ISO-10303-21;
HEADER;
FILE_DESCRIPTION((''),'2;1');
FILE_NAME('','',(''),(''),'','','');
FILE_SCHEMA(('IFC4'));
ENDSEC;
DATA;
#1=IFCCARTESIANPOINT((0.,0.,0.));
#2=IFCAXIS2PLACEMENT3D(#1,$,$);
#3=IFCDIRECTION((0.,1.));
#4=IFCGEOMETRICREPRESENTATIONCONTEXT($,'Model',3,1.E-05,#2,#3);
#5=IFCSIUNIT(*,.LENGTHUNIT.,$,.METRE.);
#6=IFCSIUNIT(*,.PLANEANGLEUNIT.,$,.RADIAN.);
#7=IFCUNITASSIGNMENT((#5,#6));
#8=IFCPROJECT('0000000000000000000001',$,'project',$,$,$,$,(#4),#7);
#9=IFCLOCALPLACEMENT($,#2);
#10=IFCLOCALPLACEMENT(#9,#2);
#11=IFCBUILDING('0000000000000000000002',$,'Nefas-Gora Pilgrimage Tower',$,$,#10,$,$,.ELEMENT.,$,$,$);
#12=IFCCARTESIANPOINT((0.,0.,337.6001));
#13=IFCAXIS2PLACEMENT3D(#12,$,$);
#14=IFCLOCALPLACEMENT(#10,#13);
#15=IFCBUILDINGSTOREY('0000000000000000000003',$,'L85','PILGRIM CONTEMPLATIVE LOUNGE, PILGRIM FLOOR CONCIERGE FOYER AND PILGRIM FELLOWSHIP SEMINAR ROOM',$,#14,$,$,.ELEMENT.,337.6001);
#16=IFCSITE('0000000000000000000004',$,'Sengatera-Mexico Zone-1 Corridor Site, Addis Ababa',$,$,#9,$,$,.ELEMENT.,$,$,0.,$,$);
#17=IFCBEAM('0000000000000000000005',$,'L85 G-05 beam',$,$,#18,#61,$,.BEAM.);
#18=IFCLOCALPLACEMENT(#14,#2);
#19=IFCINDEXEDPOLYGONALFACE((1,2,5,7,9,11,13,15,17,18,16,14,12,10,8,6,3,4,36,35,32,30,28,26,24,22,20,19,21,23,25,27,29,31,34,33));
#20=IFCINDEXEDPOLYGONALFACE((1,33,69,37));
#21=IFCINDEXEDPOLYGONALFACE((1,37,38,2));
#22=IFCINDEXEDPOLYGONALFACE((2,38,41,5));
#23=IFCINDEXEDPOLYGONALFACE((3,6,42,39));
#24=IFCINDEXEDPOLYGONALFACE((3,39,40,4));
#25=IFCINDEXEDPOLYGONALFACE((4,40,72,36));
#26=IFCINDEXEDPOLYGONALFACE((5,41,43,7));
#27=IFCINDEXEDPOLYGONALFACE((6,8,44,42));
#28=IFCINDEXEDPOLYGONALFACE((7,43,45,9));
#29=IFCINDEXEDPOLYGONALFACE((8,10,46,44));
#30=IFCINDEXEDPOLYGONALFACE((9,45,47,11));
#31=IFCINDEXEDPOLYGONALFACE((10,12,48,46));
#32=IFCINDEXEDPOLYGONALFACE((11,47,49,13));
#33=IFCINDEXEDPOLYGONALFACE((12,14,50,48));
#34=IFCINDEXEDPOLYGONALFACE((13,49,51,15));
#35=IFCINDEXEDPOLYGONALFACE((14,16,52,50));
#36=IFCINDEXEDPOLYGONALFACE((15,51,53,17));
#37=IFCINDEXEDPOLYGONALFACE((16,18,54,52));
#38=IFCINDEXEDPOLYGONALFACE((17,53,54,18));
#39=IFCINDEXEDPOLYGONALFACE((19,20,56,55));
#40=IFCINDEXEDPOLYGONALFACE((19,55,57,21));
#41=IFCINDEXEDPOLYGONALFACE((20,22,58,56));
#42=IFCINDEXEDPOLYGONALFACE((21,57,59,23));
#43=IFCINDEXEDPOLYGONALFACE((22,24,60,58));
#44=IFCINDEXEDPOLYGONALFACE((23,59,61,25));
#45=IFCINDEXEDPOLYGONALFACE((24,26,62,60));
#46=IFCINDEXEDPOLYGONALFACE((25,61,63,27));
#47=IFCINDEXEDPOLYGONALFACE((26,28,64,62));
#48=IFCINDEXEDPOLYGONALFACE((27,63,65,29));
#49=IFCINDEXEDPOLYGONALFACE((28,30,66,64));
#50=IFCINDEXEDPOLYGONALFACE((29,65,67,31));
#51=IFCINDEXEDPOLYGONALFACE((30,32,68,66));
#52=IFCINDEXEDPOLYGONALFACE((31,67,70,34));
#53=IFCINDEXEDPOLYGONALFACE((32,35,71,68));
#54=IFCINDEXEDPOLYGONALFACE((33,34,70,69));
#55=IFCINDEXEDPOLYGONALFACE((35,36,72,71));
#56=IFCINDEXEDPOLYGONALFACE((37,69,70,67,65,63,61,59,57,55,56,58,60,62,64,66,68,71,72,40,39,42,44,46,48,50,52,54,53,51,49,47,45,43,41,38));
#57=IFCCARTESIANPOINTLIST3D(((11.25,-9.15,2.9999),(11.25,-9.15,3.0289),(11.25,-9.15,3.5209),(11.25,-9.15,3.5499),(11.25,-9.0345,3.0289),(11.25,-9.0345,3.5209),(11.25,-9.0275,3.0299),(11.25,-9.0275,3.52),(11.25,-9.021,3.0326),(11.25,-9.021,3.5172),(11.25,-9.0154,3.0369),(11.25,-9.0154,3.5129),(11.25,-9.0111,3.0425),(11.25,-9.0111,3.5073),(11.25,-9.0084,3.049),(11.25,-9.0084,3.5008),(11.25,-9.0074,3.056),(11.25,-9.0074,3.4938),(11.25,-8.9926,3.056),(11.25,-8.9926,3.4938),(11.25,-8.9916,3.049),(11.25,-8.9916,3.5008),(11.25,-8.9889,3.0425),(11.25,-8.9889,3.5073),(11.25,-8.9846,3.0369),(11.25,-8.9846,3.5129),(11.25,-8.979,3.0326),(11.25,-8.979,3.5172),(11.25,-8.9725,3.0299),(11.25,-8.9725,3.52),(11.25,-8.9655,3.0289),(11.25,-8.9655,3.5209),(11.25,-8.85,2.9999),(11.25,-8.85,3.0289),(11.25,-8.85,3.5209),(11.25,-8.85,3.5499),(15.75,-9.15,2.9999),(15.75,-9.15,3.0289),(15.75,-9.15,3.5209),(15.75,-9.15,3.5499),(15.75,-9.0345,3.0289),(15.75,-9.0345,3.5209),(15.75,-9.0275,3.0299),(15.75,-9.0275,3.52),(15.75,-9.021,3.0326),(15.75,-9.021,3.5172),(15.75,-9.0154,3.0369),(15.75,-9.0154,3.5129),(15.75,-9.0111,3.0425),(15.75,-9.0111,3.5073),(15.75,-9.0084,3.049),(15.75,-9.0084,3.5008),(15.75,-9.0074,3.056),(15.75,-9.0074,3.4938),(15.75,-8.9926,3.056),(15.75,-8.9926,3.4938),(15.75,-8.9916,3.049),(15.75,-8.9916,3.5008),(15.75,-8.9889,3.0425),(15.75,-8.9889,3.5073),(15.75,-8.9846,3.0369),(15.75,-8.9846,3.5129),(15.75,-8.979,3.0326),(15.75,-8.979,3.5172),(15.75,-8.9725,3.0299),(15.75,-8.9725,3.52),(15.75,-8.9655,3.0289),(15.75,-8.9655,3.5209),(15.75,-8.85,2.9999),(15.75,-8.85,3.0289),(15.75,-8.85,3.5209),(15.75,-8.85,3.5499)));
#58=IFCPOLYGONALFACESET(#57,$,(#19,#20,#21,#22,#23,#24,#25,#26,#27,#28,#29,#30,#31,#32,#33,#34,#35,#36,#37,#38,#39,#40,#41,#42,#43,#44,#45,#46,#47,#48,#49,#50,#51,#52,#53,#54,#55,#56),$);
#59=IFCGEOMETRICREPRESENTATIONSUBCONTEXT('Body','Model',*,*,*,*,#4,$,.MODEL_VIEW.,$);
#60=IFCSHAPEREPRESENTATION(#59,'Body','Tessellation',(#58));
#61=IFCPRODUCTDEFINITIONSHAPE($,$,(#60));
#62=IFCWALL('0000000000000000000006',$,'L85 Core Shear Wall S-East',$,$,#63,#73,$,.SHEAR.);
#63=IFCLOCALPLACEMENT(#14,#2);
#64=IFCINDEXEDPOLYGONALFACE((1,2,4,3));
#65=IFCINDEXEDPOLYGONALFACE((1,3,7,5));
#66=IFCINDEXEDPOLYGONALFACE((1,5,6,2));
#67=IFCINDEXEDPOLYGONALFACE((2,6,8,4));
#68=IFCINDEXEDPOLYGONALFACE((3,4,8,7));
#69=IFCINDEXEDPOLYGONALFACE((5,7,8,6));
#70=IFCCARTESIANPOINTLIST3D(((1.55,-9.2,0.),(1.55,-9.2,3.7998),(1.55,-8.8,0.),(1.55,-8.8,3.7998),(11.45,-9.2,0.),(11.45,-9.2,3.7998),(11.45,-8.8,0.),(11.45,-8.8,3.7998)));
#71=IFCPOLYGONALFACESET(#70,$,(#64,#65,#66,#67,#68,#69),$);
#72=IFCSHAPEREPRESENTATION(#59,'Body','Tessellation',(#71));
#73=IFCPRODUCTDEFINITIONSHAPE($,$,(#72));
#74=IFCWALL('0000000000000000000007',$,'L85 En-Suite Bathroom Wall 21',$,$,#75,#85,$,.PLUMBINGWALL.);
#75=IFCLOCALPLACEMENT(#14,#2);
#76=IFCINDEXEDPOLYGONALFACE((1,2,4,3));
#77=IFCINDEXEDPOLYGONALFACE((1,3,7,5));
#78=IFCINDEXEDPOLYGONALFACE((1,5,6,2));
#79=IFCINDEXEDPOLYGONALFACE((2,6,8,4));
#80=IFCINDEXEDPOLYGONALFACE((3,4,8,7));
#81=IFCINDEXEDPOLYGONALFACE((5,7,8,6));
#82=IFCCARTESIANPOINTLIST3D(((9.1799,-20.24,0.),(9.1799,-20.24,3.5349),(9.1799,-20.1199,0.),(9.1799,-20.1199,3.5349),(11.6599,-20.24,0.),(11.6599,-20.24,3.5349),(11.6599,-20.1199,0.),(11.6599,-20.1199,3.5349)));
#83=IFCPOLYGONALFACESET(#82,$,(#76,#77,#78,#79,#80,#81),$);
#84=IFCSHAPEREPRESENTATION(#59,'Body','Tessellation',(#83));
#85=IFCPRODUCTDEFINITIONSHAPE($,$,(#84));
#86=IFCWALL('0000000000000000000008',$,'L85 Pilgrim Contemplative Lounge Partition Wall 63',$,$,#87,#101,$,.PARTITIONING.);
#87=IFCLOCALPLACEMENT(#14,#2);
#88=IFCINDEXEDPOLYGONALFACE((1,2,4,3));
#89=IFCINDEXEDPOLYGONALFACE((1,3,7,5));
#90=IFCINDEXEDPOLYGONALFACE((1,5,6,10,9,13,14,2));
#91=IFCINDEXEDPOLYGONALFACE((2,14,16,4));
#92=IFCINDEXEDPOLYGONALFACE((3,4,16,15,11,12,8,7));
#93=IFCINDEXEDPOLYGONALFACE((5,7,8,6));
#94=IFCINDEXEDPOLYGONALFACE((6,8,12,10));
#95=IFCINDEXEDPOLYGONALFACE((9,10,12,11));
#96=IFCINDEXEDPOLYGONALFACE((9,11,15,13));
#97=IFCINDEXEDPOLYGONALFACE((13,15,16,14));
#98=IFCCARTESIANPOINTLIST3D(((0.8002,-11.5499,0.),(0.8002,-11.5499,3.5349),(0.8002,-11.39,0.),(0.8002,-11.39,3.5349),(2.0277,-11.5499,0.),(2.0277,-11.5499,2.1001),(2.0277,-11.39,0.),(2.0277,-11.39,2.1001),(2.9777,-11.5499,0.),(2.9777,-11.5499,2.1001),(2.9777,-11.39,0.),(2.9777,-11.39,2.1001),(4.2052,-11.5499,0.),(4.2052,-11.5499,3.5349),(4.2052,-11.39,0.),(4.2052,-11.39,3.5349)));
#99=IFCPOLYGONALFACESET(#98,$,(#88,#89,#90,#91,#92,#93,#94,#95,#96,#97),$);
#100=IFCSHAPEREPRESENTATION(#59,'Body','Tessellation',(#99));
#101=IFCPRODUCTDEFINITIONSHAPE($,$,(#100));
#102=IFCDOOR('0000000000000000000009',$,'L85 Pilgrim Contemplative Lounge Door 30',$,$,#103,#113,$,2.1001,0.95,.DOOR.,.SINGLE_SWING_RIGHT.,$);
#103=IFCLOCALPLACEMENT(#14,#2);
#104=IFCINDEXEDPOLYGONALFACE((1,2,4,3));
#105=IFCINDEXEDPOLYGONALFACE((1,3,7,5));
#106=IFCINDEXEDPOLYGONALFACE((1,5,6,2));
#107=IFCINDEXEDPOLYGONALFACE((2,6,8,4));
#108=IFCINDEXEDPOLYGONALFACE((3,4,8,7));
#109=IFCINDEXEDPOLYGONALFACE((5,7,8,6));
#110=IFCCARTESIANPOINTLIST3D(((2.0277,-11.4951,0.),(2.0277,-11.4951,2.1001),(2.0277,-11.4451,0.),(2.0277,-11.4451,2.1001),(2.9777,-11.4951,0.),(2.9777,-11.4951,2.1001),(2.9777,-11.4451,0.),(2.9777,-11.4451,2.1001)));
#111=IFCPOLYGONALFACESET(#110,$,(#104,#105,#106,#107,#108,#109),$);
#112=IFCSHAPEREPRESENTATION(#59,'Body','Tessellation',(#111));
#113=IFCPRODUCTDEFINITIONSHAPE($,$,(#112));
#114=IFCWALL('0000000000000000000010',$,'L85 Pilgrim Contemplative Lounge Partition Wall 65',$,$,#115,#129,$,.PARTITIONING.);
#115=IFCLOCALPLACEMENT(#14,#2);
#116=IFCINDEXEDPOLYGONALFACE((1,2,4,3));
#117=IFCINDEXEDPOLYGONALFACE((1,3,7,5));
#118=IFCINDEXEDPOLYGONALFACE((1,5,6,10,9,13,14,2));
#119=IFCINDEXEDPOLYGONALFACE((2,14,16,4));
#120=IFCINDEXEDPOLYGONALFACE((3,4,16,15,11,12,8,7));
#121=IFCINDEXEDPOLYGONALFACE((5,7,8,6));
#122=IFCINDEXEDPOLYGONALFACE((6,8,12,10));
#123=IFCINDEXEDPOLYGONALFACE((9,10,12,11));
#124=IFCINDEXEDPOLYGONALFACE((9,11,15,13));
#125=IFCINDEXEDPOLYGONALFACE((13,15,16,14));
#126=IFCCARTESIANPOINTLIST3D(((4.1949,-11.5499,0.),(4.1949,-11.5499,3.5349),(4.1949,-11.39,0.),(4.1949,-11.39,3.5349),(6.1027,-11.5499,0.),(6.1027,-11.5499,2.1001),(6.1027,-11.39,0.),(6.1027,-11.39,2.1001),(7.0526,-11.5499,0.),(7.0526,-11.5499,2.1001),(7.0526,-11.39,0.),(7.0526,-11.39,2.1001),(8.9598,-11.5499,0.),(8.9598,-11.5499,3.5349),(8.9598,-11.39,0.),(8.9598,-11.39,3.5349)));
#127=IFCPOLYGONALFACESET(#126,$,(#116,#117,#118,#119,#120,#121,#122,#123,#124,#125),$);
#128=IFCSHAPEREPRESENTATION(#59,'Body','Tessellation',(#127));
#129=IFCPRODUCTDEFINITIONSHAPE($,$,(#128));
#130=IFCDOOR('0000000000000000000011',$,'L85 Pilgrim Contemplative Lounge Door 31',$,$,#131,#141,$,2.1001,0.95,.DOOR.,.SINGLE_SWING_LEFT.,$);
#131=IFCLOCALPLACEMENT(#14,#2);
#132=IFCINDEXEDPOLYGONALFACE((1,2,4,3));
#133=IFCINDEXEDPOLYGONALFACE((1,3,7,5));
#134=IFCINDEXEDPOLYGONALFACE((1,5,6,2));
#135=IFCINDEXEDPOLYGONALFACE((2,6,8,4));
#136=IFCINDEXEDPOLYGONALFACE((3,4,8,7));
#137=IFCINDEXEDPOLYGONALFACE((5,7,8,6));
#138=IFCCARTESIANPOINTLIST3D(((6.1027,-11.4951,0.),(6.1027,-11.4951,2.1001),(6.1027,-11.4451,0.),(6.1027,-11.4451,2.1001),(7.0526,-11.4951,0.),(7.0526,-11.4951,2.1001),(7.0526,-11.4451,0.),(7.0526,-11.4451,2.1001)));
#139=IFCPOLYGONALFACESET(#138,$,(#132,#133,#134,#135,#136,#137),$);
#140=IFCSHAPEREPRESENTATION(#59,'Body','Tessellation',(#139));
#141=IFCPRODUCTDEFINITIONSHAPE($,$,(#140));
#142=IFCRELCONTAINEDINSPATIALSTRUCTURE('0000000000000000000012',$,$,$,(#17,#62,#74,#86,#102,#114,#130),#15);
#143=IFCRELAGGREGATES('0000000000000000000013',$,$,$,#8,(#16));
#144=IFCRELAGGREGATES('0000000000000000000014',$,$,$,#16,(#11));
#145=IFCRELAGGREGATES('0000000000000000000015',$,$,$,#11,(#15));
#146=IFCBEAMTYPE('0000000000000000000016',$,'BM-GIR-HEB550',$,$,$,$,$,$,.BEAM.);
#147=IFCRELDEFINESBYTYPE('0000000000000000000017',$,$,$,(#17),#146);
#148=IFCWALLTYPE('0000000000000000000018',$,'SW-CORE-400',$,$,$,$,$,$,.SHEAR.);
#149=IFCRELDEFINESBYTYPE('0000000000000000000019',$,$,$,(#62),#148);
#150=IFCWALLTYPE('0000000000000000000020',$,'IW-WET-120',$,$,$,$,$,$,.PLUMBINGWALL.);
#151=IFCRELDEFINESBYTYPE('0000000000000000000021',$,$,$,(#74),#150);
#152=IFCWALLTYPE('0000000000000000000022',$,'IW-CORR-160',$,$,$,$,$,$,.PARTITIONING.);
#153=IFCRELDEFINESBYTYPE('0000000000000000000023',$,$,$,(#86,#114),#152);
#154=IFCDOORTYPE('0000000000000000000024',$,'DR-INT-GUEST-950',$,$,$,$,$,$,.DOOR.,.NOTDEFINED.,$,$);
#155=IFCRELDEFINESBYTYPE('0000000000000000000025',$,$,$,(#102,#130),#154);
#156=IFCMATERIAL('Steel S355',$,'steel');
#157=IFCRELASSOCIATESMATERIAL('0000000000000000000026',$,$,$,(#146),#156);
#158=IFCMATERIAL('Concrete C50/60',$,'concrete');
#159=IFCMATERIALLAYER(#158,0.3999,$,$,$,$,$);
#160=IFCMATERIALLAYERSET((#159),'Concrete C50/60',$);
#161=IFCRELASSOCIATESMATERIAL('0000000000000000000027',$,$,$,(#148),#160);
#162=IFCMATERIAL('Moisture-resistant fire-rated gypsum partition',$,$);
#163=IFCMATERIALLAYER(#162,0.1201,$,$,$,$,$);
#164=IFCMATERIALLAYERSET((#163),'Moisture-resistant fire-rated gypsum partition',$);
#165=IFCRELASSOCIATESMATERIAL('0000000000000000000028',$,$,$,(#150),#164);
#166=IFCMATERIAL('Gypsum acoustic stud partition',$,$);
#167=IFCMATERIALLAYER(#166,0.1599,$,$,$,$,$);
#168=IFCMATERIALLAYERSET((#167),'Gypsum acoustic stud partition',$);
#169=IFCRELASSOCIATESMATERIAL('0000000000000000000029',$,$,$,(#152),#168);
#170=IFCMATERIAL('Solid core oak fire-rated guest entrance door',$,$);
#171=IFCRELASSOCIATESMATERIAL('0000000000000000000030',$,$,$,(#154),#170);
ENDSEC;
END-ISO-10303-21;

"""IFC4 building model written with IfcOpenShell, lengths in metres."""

from ifc_helpers import new_model, si_unit, direction, frame, frame_2d, origin, origin_2d, place, context, subcontext, project, spatial, rectangle, i_section, extrude, source, transform, mapped, material, layer, layer_set, material_profile, profile_set, type_object, element, fill, save


model = new_model("IFC4")

# Units and contexts
model_context = context("Model", 3, precision=1e-05, world=origin(), true_north=direction((0.0, 1.0)))
body_context = subcontext(model_context, "Body", "Model", "MODEL_VIEW")
ifc_project = project(units=[si_unit("LENGTHUNIT", "METRE"), si_unit("PLANEANGLEUNIT", "RADIAN")], contexts=[model_context])

# Site, building, storey
site_placement = place(None, origin())
site = spatial("IfcSite", under=ifc_project, at=site_placement, Name="Sengatera-Mexico Zone-1 Corridor Site, Addis Ababa", CompositionType="ELEMENT", RefElevation=0.0)
building_placement = place(site_placement, origin())
building = spatial("IfcBuilding", under=site, at=building_placement, Name="Nefas-Gora Pilgrimage Tower", CompositionType="ELEMENT")
storey_placement = place(building_placement, frame((0.0, 0.0, 337.6001)))
storey = spatial("IfcBuildingStorey", under=building, at=storey_placement, Name="L85", Description="PILGRIM CONTEMPLATIVE LOUNGE, PILGRIM FLOOR CONCIERGE FOYER AND PILGRIM FELLOWSHIP SEMINAR ROOM", CompositionType="ELEMENT", Elevation=337.6001)

# Shared definitions
ifc_material_1 = material(Name="Steel S355", Category="steel")
ifc_material_2 = material(Name="Concrete C50/60", Category="concrete")

# Beam
ifc_material_profile_1 = material_profile(ifc_material_1, i_section(OverallWidth=0.3, OverallDepth=0.55, WebThickness=0.0149, FlangeThickness=0.0291, FilletRadius=0.0271, at=origin_2d()), Name="HEB 550")
ifc_profile_set_1 = profile_set([ifc_material_profile_1], Name="Steel S355")
beam_type = type_object("IfcBeamType", Name="BM-GIR-HEB550", PredefinedType="BEAM", material=ifc_profile_set_1)
shared_shape_1 = source(origin(), body_context, "Body", "SweptSolid", [
    extrude(i_section(OverallWidth=0.3, OverallDepth=0.55, WebThickness=0.0149, FlangeThickness=0.0291, FilletRadius=0.0271, at=origin_2d()), origin(), (0.0, 0.0, 1.0), 4.5),
])
for number, where, z_axis, x_axis, name in (
    (1, (11.25, -9.0, 3.2749), (1.0, 0.0, 0.0), (0.0, 1.0, 0.0), "L85 G-05 beam"),
):
    element("IfcBeam", number, at=place(storey_placement, frame(where, z_axis=z_axis, x_axis=x_axis)), inside=storey, type_object=beam_type, Name=name, PredefinedType="BEAM", context=body_context, shape_type="MappedRepresentation", body=[
        mapped(shared_shape_1, transform((0.0, 0.0, 0.0), x_axis=(1.0, 0.0, 0.0), y_axis=(0.0, 1.0, 0.0), z_axis=(0.0, 0.0, 1.0), scale=1.0)),
    ])

# Walls
ifc_layer_1 = layer(ifc_material_2, 0.3999)
ifc_layer_set_1 = layer_set([ifc_layer_1], Name="Concrete C50/60")
wall_type_1 = type_object("IfcWallType", Name="SW-CORE-400", PredefinedType="SHEAR", material=ifc_layer_set_1)
shared_shape_2 = source(origin(), body_context, "Body", "SweptSolid", [
    extrude(rectangle(XDim=9.8999, YDim=0.3999, at=frame_2d((4.95, 0.0))), origin(), (0.0, 0.0, 1.0), 3.7998),
])
wall_1_placement = place(storey_placement, frame((1.55, -9.0, 0.0), z_axis=(0.0, 0.0, 1.0), x_axis=(1.0, 0.0, 0.0)))
element("IfcWall", 2, at=wall_1_placement, inside=storey, type_object=wall_type_1, Name="L85 Core Shear Wall S-East", PredefinedType="SHEAR", context=body_context, shape_type="MappedRepresentation", body=[
    mapped(shared_shape_2, transform((0.0, 0.0, 0.0), x_axis=(1.0, 0.0, 0.0), y_axis=(0.0, 1.0, 0.0), z_axis=(0.0, 0.0, 1.0), scale=1.0)),
])
ifc_material_3 = material(Name="Moisture-resistant fire-rated gypsum partition")
ifc_layer_2 = layer(ifc_material_3, 0.1201)
ifc_layer_set_2 = layer_set([ifc_layer_2], Name="Moisture-resistant fire-rated gypsum partition")
wall_type_2 = type_object("IfcWallType", Name="IW-WET-120", PredefinedType="PLUMBINGWALL", material=ifc_layer_set_2)
shared_shape_3 = source(origin(), body_context, "Body", "SweptSolid", [
    extrude(rectangle(XDim=2.48, YDim=0.1201, at=frame_2d((1.24, 0.0))), origin(), (0.0, 0.0, 1.0), 3.5349),
])
wall_2_placement = place(storey_placement, frame((9.1799, -20.1799, 0.0), z_axis=(0.0, 0.0, 1.0), x_axis=(1.0, 0.0, 0.0)))
element("IfcWall", 3, at=wall_2_placement, inside=storey, type_object=wall_type_2, Name="L85 En-Suite Bathroom Wall 21", PredefinedType="PLUMBINGWALL", context=body_context, shape_type="MappedRepresentation", body=[
    mapped(shared_shape_3, transform((0.0, 0.0, 0.0), x_axis=(1.0, 0.0, 0.0), y_axis=(0.0, 1.0, 0.0), z_axis=(0.0, 0.0, 1.0), scale=1.0)),
])

# Walls, openings, doors
ifc_material_4 = material(Name="Gypsum acoustic stud partition")
ifc_layer_3 = layer(ifc_material_4, 0.1599)
ifc_layer_set_3 = layer_set([ifc_layer_3], Name="Gypsum acoustic stud partition")
wall_type_3 = type_object("IfcWallType", Name="IW-CORR-160", PredefinedType="PARTITIONING", material=ifc_layer_set_3)
shared_shape_4 = source(origin(), body_context, "Body", "SweptSolid", [
    extrude(rectangle(XDim=3.405, YDim=0.1599, at=frame_2d((1.7026, 0.0))), origin(), (0.0, 0.0, 1.0), 3.5349),
])
wall_3_placement = place(storey_placement, frame((0.8, -11.47, 0.0), z_axis=(0.0, 0.0, 1.0), x_axis=(1.0, 0.0, 0.0)))
wall_3 = element("IfcWall", 4, at=wall_3_placement, inside=storey, type_object=wall_type_3, Name="L85 Pilgrim Contemplative Lounge Partition Wall 63", PredefinedType="PARTITIONING", context=body_context, shape_type="MappedRepresentation", body=[
    mapped(shared_shape_4, transform((0.0, 0.0, 0.0), x_axis=(1.0, 0.0, 0.0), y_axis=(0.0, 1.0, 0.0), z_axis=(0.0, 0.0, 1.0), scale=1.0)),
])
opening_1_placement = place(wall_3_placement, frame((1.2275, 0.0, 0.0)))
opening_1 = element("IfcOpeningElement", 5, at=opening_1_placement, cuts=wall_3, PredefinedType="OPENING", context=body_context, shape_type="SweptSolid", body=[
    extrude(rectangle(XDim=0.95, YDim=2.1001, at=frame_2d((0.4751, 1.05))), frame((0.0, 0.0898, 0.0), z_axis=(0.0, -1.0, 0.0), x_axis=(1.0, 0.0, 0.0)), (0.0, 0.0, 1.0), 0.1799),
])
ifc_material_5 = material(Name="Solid core oak fire-rated guest entrance door")
door_type = type_object("IfcDoorType", Name="DR-INT-GUEST-950", OperationType="NOTDEFINED", PredefinedType="DOOR", material=ifc_material_5)
shared_shape_5 = source(origin(), body_context, "Body", "SweptSolid", [
    extrude(rectangle(XDim=0.95, YDim=2.1001, at=frame_2d((0.4751, 1.05))), frame((0.0, 0.0249, 0.0), z_axis=(0.0, -1.0, 0.0), x_axis=(1.0, 0.0, 0.0)), (0.0, 0.0, 1.0), 0.05),
])
door_1_placement = place(opening_1_placement, origin())
door_1 = element("IfcDoor", 6, at=door_1_placement, inside=storey, type_object=door_type, Name="L85 Pilgrim Contemplative Lounge Door 30", OperationType="SINGLE_SWING_RIGHT", OverallHeight=2.1001, OverallWidth=0.95, PredefinedType="DOOR", context=body_context, shape_type="MappedRepresentation", body=[
    mapped(shared_shape_5, transform((0.0, 0.0, 0.0), x_axis=(1.0, 0.0, 0.0), y_axis=(0.0, 1.0, 0.0), z_axis=(0.0, 0.0, 1.0), scale=1.0)),
])
fill(opening_1, door_1)
shared_shape_6 = source(origin(), body_context, "Body", "SweptSolid", [
    extrude(rectangle(XDim=4.7649, YDim=0.1599, at=frame_2d((2.3823, 0.0))), origin(), (0.0, 0.0, 1.0), 3.5349),
])
wall_4_placement = place(storey_placement, frame((4.1951, -11.47, 0.0), z_axis=(0.0, 0.0, 1.0), x_axis=(1.0, 0.0, 0.0)))
wall_4 = element("IfcWall", 7, at=wall_4_placement, inside=storey, type_object=wall_type_3, Name="L85 Pilgrim Contemplative Lounge Partition Wall 65", PredefinedType="PARTITIONING", context=body_context, shape_type="MappedRepresentation", body=[
    mapped(shared_shape_6, transform((0.0, 0.0, 0.0), x_axis=(1.0, 0.0, 0.0), y_axis=(0.0, 1.0, 0.0), z_axis=(0.0, 0.0, 1.0), scale=1.0)),
])
opening_2_placement = place(wall_4_placement, frame((1.9075, 0.0, 0.0)))
opening_2 = element("IfcOpeningElement", 8, at=opening_2_placement, cuts=wall_4, PredefinedType="OPENING", context=body_context, shape_type="SweptSolid", body=[
    extrude(rectangle(XDim=0.95, YDim=2.1001, at=frame_2d((0.4751, 1.05))), frame((0.0, 0.0898, 0.0), z_axis=(0.0, -1.0, 0.0), x_axis=(1.0, 0.0, 0.0)), (0.0, 0.0, 1.0), 0.1799),
])
door_2_placement = place(opening_2_placement, origin())
door_2 = element("IfcDoor", 9, at=door_2_placement, inside=storey, type_object=door_type, Name="L85 Pilgrim Contemplative Lounge Door 31", OperationType="SINGLE_SWING_LEFT", OverallHeight=2.1001, OverallWidth=0.95, PredefinedType="DOOR", context=body_context, shape_type="MappedRepresentation", body=[
    mapped(shared_shape_5, transform((0.0, 0.0, 0.0), x_axis=(1.0, 0.0, 0.0), y_axis=(0.0, 1.0, 0.0), z_axis=(0.0, 0.0, 1.0), scale=1.0)),
])
fill(opening_2, door_2)

save(model, "model.ifc")
